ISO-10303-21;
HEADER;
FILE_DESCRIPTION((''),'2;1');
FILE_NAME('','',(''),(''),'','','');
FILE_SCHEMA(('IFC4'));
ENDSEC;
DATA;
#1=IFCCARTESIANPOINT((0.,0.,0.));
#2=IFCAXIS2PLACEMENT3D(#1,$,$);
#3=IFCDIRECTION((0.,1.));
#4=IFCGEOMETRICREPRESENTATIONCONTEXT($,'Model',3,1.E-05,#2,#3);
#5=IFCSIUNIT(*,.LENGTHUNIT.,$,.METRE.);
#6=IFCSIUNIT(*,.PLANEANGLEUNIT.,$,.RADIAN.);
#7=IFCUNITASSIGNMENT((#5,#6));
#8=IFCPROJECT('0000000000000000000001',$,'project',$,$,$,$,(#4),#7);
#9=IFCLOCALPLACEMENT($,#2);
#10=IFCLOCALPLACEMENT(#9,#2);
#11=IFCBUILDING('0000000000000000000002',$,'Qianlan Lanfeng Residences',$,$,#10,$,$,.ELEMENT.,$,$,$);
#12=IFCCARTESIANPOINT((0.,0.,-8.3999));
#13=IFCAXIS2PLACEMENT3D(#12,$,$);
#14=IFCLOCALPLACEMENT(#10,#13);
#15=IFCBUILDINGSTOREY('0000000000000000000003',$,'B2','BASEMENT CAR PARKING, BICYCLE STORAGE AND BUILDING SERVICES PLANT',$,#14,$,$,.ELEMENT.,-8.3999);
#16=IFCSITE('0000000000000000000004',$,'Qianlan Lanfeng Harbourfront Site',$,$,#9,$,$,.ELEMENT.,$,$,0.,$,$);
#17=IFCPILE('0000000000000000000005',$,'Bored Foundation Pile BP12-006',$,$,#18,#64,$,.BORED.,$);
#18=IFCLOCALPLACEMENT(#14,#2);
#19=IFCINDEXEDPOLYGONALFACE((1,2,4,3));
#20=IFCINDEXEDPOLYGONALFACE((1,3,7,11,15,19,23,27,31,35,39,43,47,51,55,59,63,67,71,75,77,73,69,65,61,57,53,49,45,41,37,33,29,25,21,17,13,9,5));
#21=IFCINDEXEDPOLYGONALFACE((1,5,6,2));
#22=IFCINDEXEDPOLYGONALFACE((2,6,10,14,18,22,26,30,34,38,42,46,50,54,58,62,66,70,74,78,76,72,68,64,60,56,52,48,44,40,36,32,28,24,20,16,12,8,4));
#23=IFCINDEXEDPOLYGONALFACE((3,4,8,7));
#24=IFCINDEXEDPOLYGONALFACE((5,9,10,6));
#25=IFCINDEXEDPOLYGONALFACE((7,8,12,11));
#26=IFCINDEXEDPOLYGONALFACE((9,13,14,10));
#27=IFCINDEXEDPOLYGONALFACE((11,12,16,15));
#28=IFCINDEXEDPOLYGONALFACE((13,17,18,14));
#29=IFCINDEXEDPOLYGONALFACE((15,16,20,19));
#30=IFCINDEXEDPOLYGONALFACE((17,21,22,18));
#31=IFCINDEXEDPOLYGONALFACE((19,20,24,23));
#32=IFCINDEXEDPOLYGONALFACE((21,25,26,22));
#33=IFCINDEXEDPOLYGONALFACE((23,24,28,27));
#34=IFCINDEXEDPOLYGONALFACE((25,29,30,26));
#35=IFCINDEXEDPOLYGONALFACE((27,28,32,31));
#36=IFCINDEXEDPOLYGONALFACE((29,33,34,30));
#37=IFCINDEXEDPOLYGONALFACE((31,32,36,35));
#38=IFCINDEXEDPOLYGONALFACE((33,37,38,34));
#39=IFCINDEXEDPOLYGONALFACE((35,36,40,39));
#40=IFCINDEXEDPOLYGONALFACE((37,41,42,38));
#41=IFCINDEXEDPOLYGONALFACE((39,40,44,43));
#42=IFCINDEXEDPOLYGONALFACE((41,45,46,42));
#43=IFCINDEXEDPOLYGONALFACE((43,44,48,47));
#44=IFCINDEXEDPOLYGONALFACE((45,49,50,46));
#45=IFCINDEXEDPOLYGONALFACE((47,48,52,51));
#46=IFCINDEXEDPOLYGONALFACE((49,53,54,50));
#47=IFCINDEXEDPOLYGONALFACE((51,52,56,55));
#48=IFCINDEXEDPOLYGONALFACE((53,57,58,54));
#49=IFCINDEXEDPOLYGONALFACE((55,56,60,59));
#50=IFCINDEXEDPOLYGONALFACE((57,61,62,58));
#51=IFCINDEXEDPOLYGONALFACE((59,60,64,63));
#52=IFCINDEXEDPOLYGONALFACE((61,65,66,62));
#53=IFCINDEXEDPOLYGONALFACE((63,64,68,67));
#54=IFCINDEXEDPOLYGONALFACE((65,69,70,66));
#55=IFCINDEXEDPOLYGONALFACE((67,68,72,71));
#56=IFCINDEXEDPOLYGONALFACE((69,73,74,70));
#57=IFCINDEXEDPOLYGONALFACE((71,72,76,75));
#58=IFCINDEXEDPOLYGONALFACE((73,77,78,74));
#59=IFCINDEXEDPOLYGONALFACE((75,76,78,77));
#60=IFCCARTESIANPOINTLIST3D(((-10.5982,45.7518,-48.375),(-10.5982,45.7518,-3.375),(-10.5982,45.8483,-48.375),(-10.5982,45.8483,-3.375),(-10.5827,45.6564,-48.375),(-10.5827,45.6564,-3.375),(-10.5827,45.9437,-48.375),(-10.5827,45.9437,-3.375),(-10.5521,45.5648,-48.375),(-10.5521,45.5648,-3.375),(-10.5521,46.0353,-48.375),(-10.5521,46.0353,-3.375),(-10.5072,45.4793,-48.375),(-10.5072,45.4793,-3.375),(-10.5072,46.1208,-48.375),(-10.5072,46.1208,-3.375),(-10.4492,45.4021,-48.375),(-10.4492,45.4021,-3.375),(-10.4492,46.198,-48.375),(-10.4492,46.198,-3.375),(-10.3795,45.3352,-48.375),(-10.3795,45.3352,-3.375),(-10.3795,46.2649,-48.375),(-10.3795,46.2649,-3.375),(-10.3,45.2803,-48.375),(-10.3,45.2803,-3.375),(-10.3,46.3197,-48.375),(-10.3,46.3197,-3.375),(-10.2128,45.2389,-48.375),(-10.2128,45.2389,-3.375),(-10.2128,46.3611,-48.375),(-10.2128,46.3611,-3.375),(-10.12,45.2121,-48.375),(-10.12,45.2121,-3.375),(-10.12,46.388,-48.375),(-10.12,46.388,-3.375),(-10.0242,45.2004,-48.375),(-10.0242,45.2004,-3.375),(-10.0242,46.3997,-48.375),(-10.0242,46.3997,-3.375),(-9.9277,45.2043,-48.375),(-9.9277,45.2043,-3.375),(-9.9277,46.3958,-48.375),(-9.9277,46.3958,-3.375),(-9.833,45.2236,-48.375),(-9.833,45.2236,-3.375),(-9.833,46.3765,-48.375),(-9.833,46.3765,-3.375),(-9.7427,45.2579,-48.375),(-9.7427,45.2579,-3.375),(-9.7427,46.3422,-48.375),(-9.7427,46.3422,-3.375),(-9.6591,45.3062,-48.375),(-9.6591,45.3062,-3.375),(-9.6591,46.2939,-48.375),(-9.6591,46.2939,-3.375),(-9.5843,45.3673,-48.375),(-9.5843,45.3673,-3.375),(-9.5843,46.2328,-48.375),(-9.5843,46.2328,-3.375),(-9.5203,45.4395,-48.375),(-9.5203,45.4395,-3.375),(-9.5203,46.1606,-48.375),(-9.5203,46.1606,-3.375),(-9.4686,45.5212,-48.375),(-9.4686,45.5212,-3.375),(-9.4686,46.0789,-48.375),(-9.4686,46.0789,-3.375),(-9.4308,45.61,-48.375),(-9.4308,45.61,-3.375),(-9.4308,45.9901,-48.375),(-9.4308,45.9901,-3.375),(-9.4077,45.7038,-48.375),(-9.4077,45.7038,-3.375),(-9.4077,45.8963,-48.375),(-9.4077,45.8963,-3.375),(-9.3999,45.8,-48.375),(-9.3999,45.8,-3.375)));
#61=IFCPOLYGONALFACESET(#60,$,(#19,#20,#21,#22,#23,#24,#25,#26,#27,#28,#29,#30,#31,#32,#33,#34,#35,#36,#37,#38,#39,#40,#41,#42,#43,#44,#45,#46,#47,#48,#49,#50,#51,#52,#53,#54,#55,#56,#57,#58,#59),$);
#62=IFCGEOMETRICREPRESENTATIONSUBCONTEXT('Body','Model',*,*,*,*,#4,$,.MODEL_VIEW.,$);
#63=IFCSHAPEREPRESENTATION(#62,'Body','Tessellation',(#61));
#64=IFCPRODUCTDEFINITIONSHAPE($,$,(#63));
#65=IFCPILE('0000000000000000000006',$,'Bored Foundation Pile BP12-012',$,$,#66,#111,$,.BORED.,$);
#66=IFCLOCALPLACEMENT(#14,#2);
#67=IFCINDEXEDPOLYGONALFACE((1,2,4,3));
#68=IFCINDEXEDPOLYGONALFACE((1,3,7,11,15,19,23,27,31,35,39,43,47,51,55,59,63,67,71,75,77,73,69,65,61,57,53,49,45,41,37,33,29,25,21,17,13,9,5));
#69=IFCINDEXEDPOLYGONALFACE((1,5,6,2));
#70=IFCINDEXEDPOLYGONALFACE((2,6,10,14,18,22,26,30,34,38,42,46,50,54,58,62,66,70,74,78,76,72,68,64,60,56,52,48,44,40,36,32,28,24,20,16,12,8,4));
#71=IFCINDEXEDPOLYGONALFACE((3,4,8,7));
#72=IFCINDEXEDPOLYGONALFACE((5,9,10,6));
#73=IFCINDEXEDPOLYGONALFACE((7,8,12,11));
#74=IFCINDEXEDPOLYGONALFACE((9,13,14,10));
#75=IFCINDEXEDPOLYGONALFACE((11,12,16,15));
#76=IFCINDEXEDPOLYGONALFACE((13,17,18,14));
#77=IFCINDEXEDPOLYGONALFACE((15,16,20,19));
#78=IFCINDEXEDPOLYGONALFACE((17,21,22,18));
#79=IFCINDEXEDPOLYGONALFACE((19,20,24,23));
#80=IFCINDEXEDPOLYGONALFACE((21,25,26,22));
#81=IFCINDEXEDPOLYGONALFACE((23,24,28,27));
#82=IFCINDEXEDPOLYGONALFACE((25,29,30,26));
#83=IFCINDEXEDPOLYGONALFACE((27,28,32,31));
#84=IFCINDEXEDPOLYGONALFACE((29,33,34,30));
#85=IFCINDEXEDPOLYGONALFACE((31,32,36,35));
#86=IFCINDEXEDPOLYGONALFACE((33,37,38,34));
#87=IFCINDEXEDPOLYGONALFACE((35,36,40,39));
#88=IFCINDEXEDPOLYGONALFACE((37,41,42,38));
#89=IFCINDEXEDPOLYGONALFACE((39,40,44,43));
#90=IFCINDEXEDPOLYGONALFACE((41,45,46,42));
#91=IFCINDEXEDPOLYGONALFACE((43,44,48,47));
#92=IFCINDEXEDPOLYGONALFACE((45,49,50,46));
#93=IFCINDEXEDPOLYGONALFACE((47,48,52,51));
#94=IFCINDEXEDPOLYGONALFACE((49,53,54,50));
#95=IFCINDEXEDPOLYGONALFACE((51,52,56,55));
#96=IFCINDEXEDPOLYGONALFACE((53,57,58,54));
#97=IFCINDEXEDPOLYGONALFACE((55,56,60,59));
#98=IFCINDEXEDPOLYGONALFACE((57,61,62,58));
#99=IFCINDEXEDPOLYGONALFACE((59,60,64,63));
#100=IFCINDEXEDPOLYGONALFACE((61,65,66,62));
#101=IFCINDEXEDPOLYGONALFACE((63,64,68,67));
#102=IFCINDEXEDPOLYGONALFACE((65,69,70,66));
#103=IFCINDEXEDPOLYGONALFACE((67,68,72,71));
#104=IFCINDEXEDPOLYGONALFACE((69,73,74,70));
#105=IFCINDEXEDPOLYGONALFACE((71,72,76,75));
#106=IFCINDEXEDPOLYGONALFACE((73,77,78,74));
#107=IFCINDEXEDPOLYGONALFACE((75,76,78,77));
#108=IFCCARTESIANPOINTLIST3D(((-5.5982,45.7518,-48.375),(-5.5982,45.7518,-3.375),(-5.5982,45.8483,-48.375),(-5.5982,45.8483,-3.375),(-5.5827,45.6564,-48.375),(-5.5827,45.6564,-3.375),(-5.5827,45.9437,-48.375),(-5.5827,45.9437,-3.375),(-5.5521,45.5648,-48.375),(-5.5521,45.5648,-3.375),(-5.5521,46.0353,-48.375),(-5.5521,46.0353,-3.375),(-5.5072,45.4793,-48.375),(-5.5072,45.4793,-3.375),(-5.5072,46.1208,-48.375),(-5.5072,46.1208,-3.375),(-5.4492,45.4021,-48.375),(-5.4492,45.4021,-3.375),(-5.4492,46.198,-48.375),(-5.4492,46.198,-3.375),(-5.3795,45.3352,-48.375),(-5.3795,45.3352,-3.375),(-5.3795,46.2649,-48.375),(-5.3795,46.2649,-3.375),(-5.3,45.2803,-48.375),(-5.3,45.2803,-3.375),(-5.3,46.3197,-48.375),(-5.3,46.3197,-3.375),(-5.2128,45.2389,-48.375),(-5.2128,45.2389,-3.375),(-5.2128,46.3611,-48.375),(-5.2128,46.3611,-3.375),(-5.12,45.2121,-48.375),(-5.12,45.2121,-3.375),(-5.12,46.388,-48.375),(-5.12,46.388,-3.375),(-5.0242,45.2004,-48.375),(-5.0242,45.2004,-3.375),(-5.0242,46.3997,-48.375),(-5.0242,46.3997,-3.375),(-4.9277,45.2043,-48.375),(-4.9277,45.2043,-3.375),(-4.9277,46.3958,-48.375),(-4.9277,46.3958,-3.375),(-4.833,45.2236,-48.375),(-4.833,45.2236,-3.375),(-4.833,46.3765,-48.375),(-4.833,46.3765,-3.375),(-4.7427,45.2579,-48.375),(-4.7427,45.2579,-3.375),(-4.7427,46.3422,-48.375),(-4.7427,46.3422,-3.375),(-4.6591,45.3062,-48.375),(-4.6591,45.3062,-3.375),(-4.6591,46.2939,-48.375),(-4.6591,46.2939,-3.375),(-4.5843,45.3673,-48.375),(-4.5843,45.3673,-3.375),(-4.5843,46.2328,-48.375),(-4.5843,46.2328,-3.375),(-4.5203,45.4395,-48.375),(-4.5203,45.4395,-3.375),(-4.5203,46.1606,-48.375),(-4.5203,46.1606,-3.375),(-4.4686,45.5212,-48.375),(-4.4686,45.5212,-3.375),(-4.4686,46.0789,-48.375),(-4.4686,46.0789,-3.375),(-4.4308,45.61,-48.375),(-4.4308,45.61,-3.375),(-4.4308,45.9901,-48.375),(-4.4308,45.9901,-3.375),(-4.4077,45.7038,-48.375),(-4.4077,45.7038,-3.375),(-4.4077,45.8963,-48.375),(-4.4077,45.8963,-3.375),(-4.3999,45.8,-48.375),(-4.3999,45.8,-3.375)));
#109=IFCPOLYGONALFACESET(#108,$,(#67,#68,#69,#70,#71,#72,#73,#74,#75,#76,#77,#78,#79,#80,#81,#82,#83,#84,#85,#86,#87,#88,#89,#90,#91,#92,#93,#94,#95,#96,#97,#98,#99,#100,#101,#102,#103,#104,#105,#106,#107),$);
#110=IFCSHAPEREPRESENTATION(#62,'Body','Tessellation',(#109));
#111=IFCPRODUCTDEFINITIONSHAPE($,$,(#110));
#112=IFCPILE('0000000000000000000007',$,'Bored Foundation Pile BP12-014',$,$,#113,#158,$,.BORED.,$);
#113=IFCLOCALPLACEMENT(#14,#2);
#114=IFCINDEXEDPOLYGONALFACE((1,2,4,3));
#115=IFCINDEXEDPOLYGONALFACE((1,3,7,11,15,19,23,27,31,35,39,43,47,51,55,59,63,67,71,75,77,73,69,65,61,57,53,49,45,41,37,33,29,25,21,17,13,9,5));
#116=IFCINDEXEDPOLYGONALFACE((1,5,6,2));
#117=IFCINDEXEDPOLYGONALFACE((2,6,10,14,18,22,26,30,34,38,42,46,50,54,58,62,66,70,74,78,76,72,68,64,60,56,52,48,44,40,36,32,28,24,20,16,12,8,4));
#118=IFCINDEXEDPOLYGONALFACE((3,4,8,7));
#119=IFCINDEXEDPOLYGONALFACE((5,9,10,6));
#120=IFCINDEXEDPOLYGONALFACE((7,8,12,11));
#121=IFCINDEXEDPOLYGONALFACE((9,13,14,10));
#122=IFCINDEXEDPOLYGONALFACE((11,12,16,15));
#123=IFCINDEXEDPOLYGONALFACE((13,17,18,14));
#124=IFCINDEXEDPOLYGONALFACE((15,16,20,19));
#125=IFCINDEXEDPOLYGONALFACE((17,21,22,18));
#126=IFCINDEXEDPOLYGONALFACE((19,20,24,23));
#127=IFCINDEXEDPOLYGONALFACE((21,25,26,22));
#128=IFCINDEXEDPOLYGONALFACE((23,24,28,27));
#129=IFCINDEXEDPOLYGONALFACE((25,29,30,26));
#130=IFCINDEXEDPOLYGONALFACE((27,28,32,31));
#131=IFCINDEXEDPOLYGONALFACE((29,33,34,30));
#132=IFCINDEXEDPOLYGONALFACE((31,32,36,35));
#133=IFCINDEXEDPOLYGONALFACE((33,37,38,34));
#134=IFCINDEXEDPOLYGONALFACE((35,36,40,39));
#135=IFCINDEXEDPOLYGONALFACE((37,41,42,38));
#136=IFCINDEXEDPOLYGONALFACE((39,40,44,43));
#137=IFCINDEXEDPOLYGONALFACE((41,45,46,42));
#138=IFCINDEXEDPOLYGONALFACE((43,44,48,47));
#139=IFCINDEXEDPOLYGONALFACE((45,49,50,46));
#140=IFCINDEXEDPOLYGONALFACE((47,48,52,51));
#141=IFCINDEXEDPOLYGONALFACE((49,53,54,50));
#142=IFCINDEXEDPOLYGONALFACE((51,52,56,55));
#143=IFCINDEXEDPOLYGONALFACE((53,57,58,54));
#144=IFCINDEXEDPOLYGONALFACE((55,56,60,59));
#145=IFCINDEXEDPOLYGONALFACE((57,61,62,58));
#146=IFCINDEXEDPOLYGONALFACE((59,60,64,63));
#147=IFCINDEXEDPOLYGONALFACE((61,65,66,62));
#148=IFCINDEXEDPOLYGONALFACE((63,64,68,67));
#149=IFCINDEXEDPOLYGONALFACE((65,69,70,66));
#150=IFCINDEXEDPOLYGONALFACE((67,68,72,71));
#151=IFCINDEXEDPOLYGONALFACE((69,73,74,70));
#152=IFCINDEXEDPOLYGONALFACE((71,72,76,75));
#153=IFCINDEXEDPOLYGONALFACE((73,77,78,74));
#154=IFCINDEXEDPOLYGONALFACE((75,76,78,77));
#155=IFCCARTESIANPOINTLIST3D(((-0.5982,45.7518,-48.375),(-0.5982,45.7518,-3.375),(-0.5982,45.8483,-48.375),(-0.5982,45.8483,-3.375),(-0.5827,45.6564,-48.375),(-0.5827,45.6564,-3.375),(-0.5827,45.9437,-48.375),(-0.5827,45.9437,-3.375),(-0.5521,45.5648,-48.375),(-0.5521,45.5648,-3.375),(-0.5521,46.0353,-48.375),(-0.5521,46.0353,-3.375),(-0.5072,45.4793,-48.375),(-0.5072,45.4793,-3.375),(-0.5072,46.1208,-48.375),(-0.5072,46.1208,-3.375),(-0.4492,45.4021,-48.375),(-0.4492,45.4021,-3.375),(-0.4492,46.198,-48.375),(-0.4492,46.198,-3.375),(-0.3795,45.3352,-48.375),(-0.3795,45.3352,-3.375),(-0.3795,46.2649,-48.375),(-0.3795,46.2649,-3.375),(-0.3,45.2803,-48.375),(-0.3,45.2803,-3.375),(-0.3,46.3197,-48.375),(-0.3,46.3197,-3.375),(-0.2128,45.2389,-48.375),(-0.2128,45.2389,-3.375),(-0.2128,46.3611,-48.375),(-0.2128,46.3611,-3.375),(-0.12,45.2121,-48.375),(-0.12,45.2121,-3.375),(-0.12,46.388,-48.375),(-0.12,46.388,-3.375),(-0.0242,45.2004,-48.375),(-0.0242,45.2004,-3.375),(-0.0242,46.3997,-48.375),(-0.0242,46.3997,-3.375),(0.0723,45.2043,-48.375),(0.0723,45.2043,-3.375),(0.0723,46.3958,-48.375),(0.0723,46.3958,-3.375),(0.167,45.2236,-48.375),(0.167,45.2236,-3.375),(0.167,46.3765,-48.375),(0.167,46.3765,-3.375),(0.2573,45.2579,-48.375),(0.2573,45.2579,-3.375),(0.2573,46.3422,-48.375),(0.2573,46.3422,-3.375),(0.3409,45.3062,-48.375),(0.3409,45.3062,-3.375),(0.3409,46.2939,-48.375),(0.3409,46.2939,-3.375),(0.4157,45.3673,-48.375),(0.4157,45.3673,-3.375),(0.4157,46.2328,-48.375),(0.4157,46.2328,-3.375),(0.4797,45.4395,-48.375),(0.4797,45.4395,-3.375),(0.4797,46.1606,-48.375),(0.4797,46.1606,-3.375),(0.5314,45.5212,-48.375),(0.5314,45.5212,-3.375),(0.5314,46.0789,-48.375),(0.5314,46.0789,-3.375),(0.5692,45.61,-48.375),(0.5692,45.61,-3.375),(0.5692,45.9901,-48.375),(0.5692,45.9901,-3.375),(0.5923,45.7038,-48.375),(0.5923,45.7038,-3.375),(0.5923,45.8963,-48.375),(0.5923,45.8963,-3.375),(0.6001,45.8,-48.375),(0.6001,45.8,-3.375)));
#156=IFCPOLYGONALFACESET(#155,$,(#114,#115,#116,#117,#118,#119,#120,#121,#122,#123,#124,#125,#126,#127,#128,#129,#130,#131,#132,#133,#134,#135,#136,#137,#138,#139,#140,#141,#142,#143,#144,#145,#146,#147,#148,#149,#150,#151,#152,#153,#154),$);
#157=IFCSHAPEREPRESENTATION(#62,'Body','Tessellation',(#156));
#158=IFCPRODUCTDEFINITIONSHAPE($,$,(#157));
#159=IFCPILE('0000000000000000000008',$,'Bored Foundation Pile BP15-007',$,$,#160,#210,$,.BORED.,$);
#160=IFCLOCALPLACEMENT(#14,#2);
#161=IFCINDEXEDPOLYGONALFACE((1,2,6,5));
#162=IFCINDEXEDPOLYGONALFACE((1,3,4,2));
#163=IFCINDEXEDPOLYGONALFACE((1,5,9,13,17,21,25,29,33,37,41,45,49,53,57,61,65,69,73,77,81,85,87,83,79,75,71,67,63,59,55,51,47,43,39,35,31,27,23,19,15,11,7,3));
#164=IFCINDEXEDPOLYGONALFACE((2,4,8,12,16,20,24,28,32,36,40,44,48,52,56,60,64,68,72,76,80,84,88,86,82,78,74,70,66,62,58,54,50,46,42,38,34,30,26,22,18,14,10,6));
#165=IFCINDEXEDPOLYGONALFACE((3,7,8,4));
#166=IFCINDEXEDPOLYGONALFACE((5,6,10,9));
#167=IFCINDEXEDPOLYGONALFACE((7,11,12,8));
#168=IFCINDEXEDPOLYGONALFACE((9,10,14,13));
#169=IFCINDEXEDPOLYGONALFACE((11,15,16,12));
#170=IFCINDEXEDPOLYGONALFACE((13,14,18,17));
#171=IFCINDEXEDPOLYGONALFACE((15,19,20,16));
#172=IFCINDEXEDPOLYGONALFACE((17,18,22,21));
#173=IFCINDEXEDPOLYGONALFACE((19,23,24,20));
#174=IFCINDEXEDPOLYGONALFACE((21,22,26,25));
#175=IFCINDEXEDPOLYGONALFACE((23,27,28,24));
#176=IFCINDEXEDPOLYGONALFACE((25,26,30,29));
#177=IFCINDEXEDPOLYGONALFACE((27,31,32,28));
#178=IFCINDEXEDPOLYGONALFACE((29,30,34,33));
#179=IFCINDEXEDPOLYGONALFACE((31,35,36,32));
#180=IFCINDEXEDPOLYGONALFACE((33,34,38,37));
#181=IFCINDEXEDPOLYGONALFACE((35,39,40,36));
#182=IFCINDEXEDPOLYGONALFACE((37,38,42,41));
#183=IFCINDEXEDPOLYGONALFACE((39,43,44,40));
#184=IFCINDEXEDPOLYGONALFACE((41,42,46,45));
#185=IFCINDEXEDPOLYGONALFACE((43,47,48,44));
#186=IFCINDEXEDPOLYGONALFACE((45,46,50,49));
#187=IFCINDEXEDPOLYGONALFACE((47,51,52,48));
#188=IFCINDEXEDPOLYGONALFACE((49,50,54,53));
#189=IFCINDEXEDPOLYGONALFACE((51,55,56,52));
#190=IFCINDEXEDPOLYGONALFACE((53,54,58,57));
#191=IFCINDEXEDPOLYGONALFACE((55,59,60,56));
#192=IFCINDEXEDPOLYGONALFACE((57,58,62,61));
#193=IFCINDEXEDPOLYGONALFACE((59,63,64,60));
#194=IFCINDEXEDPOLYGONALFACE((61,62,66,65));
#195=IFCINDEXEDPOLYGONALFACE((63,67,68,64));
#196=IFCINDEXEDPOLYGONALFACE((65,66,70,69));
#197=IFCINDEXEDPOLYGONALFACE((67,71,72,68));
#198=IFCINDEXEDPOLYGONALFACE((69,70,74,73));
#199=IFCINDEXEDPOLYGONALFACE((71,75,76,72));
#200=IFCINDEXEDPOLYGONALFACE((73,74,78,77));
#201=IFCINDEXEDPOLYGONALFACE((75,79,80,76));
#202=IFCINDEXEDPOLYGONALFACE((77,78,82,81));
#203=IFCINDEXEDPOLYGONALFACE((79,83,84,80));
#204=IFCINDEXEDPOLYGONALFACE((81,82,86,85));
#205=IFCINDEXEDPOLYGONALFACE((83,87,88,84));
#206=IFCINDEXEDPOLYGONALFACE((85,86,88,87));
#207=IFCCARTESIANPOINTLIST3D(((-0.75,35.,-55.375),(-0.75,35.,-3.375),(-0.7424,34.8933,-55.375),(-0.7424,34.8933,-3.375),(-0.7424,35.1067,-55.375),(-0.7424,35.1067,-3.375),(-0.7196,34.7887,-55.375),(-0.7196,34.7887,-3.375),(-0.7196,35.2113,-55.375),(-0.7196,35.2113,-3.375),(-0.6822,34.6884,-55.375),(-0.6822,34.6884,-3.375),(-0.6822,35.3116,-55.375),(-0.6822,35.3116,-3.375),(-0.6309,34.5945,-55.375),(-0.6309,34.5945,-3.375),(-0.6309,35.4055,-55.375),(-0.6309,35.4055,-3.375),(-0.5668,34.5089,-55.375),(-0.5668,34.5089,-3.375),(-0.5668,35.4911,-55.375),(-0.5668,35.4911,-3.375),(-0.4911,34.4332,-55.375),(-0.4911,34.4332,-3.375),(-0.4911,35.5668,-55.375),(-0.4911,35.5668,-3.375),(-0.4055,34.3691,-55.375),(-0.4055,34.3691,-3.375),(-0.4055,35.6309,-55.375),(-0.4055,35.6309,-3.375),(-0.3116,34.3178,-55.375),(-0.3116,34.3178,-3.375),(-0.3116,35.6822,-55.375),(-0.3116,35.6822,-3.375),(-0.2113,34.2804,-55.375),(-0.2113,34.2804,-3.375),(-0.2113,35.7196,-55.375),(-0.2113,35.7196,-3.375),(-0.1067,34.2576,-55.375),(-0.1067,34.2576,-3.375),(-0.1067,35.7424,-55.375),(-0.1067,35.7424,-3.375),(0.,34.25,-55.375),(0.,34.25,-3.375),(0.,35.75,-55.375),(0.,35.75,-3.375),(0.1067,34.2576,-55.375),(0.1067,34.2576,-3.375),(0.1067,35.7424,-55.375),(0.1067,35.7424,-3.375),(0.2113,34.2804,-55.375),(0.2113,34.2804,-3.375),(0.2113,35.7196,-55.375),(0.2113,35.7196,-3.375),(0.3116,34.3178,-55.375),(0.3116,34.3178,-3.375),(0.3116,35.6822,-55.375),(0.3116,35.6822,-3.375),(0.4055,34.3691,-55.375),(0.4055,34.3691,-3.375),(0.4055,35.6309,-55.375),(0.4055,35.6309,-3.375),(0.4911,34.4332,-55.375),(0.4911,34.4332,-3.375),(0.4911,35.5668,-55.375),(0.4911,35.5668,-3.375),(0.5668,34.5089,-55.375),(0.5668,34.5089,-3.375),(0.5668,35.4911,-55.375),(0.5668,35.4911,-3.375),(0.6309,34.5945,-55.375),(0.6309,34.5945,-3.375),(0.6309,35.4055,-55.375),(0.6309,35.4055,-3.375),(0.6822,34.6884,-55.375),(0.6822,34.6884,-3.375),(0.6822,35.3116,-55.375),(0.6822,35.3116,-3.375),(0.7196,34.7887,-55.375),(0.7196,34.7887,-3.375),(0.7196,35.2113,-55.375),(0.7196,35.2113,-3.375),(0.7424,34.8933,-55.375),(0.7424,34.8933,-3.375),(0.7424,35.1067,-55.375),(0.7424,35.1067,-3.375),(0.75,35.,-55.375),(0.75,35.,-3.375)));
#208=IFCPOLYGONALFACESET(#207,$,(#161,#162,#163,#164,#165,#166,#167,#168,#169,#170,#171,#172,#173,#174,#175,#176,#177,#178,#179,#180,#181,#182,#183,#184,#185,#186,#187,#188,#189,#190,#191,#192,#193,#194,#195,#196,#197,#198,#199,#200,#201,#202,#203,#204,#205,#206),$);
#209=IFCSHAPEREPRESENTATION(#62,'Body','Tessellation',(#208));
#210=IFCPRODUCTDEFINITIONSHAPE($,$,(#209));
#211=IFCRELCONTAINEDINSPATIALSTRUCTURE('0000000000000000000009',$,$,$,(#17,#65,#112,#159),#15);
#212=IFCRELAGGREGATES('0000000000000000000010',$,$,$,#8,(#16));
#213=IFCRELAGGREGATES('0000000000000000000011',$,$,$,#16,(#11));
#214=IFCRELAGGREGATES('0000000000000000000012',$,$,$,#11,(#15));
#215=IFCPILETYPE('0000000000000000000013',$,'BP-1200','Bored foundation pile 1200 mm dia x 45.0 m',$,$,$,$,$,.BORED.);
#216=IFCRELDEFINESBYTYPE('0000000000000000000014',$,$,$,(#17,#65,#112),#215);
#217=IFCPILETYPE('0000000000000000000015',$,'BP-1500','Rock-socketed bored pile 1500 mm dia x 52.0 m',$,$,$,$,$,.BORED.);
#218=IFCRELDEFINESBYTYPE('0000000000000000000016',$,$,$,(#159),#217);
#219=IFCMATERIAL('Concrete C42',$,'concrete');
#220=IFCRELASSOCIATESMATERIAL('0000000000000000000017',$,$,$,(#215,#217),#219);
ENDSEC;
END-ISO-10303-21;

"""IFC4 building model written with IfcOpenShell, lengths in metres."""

from ifc_helpers import new_model, si_unit, direction, frame, origin, origin_2d, place, context, subcontext, project, spatial, circle, extrude, material, material_profile, profile_set, type_object, element, save


model = new_model("IFC4")

# Units and contexts
model_context = context("Model", 3, precision=1e-05, world=origin(), true_north=direction((0.0, 1.0)))
body_context = subcontext(model_context, "Body", "Model", "MODEL_VIEW")
ifc_project = project(units=[si_unit("LENGTHUNIT", "METRE"), si_unit("PLANEANGLEUNIT", "RADIAN")], contexts=[model_context])

# Site, building, storey
site_placement = place(None, origin())
site = spatial("IfcSite", under=ifc_project, at=site_placement, Name="Qianlan Lanfeng Harbourfront Site", CompositionType="ELEMENT", RefElevation=0.0)
building_placement = place(site_placement, origin())
building = spatial("IfcBuilding", under=site, at=building_placement, Name="Qianlan Lanfeng Residences", CompositionType="ELEMENT")
storey_placement = place(building_placement, frame((0.0, 0.0, -8.3999)))
storey = spatial("IfcBuildingStorey", under=building, at=storey_placement, Name="B2", Description="BASEMENT CAR PARKING, BICYCLE STORAGE AND BUILDING SERVICES PLANT", CompositionType="ELEMENT", Elevation=-8.3999)

# Piles
ifc_material_1 = material(Name="Concrete C42", Category="concrete")
ifc_material_profile_1 = material_profile(ifc_material_1, circle(Radius=0.6001, at=origin_2d()), Name="PILE D1200")
ifc_profile_set_1 = profile_set([ifc_material_profile_1], Name="Concrete C42")
pile_type_1 = type_object("IfcPileType", Name="BP-1200", Description="Bored foundation pile 1200 mm dia x 45.0 m", PredefinedType="BORED", material=ifc_profile_set_1)
for number, where, z_axis, x_axis, name in (
    (1, (-10.0, 45.8, -3.375), (0.0, 0.0, -1.0), (1.0, 0.0, 0.0), "Bored Foundation Pile BP12-006"),
    (2, (-5.0, 45.8, -3.375), (0.0, 0.0, -1.0), (1.0, 0.0, 0.0), "Bored Foundation Pile BP12-012"),
    (3, (0.0, 45.8, -3.375), (0.0, 0.0, -1.0), (1.0, 0.0, 0.0), "Bored Foundation Pile BP12-014"),
):
    element("IfcPile", number, at=place(storey_placement, frame(where, z_axis=z_axis, x_axis=x_axis)), inside=storey, type_object=pile_type_1, Name=name, PredefinedType="BORED", context=body_context, shape_type="SweptSolid", body=[
        extrude(circle(Radius=0.6001, at=origin_2d()), origin(), (0.0, 0.0, 1.0), 45.0),
    ])
ifc_material_profile_2 = material_profile(ifc_material_1, circle(Radius=0.75, at=origin_2d()), Name="PILE D1500")
ifc_profile_set_2 = profile_set([ifc_material_profile_2], Name="Concrete C42")
pile_type_2 = type_object("IfcPileType", Name="BP-1500", Description="Rock-socketed bored pile 1500 mm dia x 52.0 m", PredefinedType="BORED", material=ifc_profile_set_2)
for number, where, z_axis, x_axis, name in (
    (4, (0.0, 35.0, -3.375), (0.0, 0.0, -1.0), (1.0, 0.0, 0.0), "Bored Foundation Pile BP15-007"),
):
    element("IfcPile", number, at=place(storey_placement, frame(where, z_axis=z_axis, x_axis=x_axis)), inside=storey, type_object=pile_type_2, Name=name, PredefinedType="BORED", context=body_context, shape_type="SweptSolid", body=[
        extrude(circle(Radius=0.75, at=origin_2d()), origin(), (0.0, 0.0, 1.0), 52.0),
    ])

save(model, "model.ifc")
